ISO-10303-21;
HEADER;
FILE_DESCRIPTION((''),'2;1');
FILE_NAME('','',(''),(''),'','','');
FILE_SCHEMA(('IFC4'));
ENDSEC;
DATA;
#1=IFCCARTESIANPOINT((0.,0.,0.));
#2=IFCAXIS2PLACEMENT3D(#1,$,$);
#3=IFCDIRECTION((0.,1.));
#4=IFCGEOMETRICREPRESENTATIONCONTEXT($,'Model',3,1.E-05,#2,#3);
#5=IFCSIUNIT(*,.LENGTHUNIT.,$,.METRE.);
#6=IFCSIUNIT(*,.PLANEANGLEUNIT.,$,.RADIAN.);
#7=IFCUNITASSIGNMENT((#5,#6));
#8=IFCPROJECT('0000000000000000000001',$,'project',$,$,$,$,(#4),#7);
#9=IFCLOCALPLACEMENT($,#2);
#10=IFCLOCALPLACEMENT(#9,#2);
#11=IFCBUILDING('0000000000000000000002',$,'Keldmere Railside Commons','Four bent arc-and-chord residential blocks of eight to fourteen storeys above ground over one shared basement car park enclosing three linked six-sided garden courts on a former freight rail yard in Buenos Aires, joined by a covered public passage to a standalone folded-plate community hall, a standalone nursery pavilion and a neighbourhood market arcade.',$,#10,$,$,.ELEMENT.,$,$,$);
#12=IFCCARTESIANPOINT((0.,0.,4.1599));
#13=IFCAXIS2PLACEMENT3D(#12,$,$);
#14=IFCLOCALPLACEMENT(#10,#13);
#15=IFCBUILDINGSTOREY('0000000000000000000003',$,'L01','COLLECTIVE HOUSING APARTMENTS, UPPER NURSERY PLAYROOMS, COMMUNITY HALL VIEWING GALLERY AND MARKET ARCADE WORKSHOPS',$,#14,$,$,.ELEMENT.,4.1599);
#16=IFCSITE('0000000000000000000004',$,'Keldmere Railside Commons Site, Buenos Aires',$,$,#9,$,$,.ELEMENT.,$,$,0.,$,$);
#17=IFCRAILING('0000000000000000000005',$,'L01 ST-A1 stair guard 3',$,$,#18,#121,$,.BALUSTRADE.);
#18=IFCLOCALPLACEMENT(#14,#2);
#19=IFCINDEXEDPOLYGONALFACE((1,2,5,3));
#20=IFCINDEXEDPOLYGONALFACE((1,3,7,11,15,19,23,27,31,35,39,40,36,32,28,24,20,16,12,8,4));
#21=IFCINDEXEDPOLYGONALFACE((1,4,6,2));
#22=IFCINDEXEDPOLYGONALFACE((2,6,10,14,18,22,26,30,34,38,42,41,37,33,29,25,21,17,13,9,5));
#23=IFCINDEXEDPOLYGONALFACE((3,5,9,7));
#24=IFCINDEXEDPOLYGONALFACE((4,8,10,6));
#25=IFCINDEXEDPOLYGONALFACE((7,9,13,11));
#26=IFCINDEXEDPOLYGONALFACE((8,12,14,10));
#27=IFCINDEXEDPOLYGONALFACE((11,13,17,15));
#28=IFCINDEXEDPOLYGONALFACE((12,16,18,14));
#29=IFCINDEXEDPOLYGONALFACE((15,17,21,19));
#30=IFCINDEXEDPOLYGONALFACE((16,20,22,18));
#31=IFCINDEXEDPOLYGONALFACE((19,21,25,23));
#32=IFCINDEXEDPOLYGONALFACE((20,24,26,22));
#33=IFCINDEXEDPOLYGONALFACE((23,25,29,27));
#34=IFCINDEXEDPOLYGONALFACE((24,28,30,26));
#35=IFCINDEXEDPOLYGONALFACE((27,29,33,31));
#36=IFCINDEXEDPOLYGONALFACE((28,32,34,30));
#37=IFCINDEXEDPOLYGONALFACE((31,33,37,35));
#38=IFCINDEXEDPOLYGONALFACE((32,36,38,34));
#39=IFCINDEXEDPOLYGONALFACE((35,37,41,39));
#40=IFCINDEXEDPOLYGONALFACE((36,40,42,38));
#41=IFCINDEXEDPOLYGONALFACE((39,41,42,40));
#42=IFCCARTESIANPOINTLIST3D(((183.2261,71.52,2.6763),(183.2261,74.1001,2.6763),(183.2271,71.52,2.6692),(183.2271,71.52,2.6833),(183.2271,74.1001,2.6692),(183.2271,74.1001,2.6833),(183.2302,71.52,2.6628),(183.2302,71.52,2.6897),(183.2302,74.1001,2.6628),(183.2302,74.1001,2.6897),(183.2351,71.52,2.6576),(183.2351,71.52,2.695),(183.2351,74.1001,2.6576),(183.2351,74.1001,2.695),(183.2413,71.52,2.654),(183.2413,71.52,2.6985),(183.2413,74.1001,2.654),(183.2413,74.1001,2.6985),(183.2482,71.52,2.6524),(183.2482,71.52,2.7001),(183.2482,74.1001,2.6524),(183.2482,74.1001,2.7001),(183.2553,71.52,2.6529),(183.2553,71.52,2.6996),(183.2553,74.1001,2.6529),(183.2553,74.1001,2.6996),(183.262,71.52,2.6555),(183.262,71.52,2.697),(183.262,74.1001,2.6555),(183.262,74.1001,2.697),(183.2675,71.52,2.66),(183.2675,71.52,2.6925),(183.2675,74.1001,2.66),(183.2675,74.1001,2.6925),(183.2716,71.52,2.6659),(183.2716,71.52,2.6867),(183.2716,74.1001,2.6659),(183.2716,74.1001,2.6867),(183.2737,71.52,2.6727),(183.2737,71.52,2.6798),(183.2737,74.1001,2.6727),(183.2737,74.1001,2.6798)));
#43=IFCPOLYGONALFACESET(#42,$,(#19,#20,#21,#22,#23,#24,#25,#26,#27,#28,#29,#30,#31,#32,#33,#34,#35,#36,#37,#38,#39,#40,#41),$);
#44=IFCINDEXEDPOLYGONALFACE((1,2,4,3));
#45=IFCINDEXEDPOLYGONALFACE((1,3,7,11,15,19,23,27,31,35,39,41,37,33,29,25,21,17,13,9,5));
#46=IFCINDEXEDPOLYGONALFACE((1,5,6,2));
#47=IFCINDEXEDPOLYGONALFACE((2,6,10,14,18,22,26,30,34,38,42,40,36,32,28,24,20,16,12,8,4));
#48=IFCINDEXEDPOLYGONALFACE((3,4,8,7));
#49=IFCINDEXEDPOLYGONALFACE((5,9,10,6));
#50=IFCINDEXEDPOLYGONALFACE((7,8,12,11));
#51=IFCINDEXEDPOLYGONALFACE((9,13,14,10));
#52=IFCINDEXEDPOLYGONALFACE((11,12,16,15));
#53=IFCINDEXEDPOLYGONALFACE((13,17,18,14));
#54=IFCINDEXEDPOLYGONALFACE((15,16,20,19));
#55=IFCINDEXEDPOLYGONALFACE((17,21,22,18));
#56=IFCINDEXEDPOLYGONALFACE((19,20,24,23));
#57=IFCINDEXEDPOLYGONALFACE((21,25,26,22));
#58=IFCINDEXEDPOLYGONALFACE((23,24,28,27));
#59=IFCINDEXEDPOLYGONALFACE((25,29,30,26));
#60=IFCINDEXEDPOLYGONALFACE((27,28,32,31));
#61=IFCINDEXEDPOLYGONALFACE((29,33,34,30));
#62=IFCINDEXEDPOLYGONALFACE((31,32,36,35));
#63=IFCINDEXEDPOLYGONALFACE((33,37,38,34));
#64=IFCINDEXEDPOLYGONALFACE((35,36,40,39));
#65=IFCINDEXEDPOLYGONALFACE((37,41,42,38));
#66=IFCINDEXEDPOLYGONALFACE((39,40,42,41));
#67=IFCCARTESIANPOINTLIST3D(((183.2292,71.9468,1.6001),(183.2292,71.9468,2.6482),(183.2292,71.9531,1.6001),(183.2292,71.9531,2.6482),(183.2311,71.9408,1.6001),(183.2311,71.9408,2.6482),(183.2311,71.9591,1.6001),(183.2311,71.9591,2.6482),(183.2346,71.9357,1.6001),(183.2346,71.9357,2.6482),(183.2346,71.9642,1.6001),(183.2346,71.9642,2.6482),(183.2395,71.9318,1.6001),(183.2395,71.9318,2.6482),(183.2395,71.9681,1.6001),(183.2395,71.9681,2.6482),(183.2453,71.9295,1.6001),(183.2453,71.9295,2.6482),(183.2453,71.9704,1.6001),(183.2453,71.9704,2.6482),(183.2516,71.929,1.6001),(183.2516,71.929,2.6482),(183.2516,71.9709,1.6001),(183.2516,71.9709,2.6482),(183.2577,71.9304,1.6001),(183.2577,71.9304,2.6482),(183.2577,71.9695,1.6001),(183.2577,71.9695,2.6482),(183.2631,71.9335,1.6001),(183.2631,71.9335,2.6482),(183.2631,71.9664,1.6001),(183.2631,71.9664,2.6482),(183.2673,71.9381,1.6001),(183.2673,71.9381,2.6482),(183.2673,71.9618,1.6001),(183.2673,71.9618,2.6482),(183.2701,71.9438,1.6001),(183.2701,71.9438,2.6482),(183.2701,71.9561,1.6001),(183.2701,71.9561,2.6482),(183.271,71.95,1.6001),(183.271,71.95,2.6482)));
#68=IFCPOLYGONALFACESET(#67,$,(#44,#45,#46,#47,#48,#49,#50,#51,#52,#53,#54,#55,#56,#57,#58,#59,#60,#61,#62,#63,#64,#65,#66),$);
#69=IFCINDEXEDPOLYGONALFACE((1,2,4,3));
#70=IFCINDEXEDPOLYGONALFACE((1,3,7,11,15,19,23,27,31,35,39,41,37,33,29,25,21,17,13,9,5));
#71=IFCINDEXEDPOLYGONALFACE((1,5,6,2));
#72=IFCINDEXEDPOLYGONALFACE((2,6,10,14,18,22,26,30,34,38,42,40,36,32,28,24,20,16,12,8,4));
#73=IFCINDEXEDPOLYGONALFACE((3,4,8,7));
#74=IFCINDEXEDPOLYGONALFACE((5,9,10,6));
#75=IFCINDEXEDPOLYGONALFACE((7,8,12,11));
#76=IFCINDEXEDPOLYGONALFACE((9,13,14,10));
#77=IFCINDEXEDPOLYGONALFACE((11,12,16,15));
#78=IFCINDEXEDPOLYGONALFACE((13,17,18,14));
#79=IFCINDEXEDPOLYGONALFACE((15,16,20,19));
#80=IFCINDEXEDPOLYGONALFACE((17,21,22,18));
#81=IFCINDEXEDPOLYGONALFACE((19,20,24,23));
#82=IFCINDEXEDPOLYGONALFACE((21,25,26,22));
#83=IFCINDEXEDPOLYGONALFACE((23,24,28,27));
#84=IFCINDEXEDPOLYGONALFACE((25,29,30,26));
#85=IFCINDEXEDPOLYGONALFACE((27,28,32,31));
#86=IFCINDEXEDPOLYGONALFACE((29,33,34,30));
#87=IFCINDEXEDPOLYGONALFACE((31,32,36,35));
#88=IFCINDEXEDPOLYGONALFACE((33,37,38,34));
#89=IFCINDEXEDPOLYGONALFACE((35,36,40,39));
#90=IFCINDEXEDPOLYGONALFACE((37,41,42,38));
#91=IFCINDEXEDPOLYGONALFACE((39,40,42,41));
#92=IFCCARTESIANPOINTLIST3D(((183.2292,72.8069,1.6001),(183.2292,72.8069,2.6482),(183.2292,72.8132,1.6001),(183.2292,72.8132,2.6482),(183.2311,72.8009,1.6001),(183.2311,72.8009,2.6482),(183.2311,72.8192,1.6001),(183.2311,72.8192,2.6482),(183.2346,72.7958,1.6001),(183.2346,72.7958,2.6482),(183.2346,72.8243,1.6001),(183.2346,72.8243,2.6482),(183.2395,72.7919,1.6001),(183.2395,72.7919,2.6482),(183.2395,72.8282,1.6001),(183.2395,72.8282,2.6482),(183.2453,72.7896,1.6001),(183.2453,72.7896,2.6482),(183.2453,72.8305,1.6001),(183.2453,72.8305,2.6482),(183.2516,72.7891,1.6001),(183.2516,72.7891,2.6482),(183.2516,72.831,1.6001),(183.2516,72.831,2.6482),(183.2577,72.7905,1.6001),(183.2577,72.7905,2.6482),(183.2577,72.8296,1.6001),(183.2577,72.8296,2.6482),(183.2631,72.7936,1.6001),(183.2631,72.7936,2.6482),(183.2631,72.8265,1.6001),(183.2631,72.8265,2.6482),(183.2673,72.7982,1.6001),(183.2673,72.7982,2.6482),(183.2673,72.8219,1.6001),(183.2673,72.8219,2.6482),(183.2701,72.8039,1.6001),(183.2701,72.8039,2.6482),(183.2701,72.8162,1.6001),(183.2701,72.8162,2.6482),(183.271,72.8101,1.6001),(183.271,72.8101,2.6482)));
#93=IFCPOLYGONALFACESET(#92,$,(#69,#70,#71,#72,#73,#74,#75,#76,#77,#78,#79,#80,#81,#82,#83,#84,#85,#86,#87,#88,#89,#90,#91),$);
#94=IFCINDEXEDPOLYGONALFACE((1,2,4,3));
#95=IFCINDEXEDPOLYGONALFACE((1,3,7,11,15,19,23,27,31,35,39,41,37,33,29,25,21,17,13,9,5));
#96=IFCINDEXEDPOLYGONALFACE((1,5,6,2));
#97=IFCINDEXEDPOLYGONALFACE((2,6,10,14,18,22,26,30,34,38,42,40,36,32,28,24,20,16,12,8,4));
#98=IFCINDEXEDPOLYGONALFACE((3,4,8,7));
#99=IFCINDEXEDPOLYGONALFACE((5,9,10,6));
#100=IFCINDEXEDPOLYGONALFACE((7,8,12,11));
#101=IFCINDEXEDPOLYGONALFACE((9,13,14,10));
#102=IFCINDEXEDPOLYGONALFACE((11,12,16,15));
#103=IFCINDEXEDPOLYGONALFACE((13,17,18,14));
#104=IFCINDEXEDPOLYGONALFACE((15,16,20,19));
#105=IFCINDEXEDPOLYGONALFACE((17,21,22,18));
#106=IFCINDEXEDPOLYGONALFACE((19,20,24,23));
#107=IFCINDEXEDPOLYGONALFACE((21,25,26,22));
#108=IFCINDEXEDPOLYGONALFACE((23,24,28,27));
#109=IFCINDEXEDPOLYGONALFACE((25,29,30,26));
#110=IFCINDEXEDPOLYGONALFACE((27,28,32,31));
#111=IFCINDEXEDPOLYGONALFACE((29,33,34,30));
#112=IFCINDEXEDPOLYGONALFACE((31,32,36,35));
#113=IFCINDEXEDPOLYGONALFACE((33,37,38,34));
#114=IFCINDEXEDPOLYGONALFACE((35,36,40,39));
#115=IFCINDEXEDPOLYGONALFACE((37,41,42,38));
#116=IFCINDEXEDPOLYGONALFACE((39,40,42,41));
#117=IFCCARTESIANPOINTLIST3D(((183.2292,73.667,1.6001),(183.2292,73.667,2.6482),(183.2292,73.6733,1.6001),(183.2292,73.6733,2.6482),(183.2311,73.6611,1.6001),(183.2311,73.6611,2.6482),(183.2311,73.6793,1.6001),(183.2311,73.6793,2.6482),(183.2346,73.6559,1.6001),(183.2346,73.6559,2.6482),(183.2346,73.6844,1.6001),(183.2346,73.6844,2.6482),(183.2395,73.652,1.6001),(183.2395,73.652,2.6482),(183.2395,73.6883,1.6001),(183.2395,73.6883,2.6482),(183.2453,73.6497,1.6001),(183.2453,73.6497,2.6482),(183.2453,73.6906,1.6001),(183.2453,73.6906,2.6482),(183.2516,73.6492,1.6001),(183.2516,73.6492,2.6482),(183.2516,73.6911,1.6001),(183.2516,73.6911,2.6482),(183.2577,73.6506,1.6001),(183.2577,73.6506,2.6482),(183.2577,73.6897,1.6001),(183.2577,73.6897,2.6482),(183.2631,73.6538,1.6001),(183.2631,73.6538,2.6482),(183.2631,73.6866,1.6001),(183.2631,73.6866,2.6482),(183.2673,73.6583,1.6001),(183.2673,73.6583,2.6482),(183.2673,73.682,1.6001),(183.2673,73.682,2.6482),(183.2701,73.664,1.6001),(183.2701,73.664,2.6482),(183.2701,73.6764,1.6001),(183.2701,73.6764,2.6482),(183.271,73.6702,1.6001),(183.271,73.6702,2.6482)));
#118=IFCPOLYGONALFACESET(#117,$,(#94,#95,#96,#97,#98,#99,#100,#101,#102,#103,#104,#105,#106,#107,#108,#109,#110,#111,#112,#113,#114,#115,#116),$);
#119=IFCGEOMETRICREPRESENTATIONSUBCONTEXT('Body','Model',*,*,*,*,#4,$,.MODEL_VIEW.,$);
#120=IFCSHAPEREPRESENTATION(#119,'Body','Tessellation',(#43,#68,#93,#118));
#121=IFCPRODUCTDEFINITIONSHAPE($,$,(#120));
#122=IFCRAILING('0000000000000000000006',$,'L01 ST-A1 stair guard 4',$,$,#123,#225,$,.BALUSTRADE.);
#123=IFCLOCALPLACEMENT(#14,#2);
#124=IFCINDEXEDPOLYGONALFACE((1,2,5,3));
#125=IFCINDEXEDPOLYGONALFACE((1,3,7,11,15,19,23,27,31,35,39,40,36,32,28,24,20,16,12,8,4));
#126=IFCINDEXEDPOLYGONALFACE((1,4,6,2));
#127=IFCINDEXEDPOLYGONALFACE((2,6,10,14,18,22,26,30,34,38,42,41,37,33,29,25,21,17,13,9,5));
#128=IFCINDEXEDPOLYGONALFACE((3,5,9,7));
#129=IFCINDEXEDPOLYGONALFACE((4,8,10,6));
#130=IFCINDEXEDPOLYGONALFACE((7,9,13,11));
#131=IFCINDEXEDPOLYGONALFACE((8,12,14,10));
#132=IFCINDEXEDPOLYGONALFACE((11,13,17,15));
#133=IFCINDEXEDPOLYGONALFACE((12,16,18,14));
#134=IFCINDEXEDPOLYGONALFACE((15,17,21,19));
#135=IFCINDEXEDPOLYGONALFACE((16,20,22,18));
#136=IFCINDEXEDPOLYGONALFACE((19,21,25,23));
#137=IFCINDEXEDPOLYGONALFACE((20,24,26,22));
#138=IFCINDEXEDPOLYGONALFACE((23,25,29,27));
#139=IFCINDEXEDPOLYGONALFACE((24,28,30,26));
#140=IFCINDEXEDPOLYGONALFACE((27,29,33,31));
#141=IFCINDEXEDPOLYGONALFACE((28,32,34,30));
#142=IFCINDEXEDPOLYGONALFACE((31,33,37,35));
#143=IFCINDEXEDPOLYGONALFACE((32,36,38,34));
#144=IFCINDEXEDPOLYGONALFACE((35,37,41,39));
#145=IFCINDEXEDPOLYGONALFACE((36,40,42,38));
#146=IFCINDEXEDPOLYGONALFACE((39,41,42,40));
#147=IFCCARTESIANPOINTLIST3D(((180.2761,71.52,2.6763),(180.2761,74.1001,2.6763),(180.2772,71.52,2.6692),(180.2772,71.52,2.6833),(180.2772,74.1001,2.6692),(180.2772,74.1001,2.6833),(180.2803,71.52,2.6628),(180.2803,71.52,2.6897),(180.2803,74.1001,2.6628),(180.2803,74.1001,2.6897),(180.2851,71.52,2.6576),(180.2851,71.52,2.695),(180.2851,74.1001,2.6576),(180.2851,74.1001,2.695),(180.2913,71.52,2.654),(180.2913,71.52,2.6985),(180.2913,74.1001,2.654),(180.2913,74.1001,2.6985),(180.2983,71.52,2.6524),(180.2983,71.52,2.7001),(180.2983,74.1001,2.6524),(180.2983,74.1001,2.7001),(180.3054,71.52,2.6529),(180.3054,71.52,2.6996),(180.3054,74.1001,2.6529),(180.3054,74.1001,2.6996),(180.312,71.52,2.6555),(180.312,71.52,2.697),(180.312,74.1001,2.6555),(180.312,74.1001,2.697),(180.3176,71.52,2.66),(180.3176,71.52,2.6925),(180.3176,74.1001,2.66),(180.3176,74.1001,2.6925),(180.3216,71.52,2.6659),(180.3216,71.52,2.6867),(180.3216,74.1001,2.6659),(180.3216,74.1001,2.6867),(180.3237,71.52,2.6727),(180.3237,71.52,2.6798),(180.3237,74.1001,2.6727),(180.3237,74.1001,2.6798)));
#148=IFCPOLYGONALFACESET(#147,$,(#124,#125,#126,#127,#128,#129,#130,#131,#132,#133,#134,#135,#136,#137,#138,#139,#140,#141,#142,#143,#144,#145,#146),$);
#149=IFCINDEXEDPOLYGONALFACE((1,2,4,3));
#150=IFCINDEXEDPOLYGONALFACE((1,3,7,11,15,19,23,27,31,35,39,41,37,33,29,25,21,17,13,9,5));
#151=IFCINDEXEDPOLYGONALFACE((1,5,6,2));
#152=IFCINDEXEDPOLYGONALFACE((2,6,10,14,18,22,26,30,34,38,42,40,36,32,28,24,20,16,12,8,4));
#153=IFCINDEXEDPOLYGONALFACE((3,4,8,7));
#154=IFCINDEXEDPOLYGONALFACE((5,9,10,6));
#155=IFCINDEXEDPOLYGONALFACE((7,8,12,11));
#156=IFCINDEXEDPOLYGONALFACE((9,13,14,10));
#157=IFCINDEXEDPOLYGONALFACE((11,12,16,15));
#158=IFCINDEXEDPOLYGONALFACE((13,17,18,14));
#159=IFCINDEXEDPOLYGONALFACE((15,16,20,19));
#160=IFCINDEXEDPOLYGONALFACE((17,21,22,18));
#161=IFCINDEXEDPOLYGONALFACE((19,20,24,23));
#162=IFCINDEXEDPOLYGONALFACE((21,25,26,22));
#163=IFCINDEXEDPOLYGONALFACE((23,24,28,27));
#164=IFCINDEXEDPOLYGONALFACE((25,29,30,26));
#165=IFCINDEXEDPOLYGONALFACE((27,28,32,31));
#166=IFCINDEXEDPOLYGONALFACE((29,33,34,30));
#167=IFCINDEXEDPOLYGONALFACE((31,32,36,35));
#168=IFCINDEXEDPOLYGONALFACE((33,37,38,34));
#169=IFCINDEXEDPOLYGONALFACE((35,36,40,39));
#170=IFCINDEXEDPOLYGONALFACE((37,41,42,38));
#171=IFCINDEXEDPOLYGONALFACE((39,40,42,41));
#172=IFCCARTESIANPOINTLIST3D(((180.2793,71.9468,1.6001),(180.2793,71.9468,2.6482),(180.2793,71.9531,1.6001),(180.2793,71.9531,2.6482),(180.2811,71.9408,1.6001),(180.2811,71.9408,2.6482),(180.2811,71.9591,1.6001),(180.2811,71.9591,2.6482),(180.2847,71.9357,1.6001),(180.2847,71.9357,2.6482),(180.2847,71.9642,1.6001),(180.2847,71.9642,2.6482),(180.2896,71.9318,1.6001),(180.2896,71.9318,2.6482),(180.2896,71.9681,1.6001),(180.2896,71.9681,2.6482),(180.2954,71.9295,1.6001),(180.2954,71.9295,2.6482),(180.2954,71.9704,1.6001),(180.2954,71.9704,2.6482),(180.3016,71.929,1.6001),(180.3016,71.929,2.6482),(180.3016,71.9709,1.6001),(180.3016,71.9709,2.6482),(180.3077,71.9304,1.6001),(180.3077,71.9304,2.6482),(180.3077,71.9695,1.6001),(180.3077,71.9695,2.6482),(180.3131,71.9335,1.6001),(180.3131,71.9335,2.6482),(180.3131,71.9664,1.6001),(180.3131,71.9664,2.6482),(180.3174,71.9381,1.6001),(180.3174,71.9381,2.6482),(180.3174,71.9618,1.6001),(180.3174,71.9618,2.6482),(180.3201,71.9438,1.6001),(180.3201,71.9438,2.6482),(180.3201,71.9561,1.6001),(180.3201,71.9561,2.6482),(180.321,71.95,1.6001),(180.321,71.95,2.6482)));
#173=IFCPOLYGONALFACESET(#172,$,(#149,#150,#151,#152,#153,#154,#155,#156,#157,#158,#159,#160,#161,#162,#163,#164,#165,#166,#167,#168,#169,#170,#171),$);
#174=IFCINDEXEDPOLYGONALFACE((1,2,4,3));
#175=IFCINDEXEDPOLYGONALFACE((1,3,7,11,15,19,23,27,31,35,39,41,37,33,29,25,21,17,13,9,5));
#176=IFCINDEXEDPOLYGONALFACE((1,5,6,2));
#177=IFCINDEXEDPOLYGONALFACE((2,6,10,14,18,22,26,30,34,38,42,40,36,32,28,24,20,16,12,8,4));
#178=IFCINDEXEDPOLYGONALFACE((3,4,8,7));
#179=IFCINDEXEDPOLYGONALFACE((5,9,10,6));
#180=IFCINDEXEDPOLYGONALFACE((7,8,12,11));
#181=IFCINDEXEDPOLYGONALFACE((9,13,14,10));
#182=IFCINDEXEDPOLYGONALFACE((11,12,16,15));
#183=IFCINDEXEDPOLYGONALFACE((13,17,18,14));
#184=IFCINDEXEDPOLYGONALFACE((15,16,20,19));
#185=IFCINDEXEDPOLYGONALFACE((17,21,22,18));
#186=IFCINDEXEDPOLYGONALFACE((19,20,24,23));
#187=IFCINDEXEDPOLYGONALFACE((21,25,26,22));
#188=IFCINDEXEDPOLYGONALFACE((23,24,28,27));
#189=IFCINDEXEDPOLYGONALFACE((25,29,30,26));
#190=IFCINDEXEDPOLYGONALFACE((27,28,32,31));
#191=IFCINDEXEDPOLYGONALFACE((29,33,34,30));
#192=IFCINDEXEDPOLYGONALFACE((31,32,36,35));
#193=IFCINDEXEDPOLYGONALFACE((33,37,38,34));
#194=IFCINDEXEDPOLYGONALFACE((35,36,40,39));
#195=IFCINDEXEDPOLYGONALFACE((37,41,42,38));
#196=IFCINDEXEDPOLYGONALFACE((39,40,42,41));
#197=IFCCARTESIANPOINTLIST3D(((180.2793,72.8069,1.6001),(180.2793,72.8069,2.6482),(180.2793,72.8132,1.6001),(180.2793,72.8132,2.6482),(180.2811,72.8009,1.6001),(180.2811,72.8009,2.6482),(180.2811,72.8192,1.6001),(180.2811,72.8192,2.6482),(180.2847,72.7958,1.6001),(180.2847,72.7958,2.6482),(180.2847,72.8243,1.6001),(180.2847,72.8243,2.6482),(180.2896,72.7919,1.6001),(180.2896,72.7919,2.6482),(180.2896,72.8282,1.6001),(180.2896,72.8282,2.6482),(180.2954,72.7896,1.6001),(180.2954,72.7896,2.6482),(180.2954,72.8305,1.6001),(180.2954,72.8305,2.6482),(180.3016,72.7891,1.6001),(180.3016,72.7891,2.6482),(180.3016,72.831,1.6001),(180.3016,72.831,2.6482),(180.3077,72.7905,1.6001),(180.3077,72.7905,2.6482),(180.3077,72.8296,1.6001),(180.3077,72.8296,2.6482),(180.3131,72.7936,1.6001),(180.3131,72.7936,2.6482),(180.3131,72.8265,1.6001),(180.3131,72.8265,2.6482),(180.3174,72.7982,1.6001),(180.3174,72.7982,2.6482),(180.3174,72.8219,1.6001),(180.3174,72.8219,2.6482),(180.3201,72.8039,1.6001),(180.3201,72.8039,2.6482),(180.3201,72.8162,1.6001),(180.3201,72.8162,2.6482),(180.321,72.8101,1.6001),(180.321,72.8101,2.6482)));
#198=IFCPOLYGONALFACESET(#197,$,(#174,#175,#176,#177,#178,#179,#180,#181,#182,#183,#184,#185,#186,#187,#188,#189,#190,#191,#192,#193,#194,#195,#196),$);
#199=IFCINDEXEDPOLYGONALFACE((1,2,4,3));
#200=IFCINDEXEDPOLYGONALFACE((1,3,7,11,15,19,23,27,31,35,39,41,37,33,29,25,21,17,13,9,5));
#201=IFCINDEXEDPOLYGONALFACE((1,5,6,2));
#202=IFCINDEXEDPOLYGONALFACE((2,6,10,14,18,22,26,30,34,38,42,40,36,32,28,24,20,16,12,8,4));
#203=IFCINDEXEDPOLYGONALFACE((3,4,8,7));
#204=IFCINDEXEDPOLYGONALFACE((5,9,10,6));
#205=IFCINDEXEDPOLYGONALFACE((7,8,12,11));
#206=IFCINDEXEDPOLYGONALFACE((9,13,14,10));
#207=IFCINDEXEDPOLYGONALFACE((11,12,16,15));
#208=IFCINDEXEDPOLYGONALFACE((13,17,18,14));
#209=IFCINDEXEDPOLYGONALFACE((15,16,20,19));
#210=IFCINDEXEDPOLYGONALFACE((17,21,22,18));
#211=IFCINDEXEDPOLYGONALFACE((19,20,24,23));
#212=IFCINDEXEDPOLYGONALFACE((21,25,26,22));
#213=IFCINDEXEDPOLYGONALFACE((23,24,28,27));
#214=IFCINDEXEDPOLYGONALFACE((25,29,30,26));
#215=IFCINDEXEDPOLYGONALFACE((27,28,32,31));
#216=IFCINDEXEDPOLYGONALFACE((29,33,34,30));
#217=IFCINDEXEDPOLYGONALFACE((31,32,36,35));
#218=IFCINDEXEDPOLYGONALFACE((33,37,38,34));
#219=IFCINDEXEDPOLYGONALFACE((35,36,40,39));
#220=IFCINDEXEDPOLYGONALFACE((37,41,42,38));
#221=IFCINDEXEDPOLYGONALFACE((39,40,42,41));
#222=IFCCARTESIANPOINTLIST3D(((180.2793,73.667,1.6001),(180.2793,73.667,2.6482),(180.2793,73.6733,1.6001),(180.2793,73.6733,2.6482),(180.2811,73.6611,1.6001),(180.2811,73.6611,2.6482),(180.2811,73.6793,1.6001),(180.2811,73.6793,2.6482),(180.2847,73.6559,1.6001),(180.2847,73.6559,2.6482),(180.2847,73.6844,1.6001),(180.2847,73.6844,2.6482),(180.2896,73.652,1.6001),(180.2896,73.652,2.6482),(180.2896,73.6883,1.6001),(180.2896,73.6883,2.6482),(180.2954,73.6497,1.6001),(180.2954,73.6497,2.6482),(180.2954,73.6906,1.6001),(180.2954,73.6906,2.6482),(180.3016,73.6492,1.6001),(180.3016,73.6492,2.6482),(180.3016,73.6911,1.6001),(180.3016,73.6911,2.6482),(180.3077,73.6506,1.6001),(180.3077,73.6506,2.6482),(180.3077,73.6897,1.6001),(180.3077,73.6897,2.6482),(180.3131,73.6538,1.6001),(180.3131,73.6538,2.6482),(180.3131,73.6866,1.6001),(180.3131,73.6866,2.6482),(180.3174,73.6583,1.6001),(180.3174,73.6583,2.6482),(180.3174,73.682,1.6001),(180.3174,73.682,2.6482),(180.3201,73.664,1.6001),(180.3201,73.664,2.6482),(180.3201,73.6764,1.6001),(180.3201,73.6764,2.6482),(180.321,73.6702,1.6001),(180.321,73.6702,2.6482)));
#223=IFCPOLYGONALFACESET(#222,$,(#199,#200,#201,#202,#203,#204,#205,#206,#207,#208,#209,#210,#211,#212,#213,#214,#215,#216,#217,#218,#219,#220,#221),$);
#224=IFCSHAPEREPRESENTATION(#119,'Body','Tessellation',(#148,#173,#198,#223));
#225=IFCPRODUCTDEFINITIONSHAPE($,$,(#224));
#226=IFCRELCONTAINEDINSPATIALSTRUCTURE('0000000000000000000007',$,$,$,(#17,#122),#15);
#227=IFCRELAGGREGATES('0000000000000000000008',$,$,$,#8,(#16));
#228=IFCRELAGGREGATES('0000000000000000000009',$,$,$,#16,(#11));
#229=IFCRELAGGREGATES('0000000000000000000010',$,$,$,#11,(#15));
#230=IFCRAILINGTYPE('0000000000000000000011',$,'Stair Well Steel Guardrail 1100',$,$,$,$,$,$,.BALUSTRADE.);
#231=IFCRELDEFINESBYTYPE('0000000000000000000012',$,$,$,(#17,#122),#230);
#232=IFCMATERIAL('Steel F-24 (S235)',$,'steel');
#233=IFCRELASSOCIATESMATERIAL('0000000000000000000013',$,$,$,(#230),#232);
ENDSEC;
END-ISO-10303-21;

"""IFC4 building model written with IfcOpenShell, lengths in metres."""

from ifc_helpers import new_model, si_unit, direction, frame, origin, origin_2d, place, context, subcontext, project, spatial, circle, extrude, material, type_object, element, save


model = new_model("IFC4")

# Units and contexts
model_context = context("Model", 3, precision=1e-05, world=origin(), true_north=direction((0.0, 1.0)))
body_context = subcontext(model_context, "Body", "Model", "MODEL_VIEW")
ifc_project = project(units=[si_unit("LENGTHUNIT", "METRE"), si_unit("PLANEANGLEUNIT", "RADIAN")], contexts=[model_context])

# Site, building, storey
site_placement = place(None, origin())
site = spatial("IfcSite", under=ifc_project, at=site_placement, Name="Keldmere Railside Commons Site, Buenos Aires", CompositionType="ELEMENT", RefElevation=0.0)
building_placement = place(site_placement, origin())
building = spatial("IfcBuilding", under=site, at=building_placement, Name="Keldmere Railside Commons", Description="Four bent arc-and-chord residential blocks of eight to fourteen storeys above ground over one shared basement car park enclosing three linked six-sided garden courts on a former freight rail yard in Buenos Aires, joined by a covered public passage to a standalone folded-plate community hall, a standalone nursery pavilion and a neighbourhood market arcade.", CompositionType="ELEMENT")
storey_placement = place(building_placement, frame((0.0, 0.0, 4.1599)))
storey = spatial("IfcBuildingStorey", under=building, at=storey_placement, Name="L01", Description="COLLECTIVE HOUSING APARTMENTS, UPPER NURSERY PLAYROOMS, COMMUNITY HALL VIEWING GALLERY AND MARKET ARCADE WORKSHOPS", CompositionType="ELEMENT", Elevation=4.1599)

# Railings
ifc_material_1 = material(Name="Steel F-24 (S235)", Category="steel")
railing_type_1 = type_object("IfcRailingType", Name="Stair Well Steel Guardrail 1100", PredefinedType="BALUSTRADE", material=ifc_material_1)
for number, where, name in (
    (1, (183.25, 71.52, 1.6001), "L01 ST-A1 stair guard 3"),
    (2, (180.3, 71.52, 1.6001), "L01 ST-A1 stair guard 4"),
):
    element("IfcRailing", number, at=place(storey_placement, frame(where)), inside=storey, type_object=railing_type_1, Name=name, PredefinedType="BALUSTRADE", context=body_context, shape_type="SweptSolid", body=[
        extrude(circle(Radius=0.0239, at=origin_2d()), frame((0.0, 0.0, 1.0762), z_axis=(0.0, 1.0, 0.0), x_axis=(-1.0, 0.0, 0.0)), (0.0, 0.0, 1.0), 2.5801),
        extrude(circle(Radius=0.021, at=origin_2d()), frame((0.0, 0.4299, 0.0)), (0.0, 0.0, 1.0), 1.0481),
        extrude(circle(Radius=0.021, at=origin_2d()), frame((0.0, 1.29, 0.0)), (0.0, 0.0, 1.0), 1.0481),
        extrude(circle(Radius=0.021, at=origin_2d()), frame((0.0, 2.1501, 0.0)), (0.0, 0.0, 1.0), 1.0481),
    ])

save(model, "model.ifc")
